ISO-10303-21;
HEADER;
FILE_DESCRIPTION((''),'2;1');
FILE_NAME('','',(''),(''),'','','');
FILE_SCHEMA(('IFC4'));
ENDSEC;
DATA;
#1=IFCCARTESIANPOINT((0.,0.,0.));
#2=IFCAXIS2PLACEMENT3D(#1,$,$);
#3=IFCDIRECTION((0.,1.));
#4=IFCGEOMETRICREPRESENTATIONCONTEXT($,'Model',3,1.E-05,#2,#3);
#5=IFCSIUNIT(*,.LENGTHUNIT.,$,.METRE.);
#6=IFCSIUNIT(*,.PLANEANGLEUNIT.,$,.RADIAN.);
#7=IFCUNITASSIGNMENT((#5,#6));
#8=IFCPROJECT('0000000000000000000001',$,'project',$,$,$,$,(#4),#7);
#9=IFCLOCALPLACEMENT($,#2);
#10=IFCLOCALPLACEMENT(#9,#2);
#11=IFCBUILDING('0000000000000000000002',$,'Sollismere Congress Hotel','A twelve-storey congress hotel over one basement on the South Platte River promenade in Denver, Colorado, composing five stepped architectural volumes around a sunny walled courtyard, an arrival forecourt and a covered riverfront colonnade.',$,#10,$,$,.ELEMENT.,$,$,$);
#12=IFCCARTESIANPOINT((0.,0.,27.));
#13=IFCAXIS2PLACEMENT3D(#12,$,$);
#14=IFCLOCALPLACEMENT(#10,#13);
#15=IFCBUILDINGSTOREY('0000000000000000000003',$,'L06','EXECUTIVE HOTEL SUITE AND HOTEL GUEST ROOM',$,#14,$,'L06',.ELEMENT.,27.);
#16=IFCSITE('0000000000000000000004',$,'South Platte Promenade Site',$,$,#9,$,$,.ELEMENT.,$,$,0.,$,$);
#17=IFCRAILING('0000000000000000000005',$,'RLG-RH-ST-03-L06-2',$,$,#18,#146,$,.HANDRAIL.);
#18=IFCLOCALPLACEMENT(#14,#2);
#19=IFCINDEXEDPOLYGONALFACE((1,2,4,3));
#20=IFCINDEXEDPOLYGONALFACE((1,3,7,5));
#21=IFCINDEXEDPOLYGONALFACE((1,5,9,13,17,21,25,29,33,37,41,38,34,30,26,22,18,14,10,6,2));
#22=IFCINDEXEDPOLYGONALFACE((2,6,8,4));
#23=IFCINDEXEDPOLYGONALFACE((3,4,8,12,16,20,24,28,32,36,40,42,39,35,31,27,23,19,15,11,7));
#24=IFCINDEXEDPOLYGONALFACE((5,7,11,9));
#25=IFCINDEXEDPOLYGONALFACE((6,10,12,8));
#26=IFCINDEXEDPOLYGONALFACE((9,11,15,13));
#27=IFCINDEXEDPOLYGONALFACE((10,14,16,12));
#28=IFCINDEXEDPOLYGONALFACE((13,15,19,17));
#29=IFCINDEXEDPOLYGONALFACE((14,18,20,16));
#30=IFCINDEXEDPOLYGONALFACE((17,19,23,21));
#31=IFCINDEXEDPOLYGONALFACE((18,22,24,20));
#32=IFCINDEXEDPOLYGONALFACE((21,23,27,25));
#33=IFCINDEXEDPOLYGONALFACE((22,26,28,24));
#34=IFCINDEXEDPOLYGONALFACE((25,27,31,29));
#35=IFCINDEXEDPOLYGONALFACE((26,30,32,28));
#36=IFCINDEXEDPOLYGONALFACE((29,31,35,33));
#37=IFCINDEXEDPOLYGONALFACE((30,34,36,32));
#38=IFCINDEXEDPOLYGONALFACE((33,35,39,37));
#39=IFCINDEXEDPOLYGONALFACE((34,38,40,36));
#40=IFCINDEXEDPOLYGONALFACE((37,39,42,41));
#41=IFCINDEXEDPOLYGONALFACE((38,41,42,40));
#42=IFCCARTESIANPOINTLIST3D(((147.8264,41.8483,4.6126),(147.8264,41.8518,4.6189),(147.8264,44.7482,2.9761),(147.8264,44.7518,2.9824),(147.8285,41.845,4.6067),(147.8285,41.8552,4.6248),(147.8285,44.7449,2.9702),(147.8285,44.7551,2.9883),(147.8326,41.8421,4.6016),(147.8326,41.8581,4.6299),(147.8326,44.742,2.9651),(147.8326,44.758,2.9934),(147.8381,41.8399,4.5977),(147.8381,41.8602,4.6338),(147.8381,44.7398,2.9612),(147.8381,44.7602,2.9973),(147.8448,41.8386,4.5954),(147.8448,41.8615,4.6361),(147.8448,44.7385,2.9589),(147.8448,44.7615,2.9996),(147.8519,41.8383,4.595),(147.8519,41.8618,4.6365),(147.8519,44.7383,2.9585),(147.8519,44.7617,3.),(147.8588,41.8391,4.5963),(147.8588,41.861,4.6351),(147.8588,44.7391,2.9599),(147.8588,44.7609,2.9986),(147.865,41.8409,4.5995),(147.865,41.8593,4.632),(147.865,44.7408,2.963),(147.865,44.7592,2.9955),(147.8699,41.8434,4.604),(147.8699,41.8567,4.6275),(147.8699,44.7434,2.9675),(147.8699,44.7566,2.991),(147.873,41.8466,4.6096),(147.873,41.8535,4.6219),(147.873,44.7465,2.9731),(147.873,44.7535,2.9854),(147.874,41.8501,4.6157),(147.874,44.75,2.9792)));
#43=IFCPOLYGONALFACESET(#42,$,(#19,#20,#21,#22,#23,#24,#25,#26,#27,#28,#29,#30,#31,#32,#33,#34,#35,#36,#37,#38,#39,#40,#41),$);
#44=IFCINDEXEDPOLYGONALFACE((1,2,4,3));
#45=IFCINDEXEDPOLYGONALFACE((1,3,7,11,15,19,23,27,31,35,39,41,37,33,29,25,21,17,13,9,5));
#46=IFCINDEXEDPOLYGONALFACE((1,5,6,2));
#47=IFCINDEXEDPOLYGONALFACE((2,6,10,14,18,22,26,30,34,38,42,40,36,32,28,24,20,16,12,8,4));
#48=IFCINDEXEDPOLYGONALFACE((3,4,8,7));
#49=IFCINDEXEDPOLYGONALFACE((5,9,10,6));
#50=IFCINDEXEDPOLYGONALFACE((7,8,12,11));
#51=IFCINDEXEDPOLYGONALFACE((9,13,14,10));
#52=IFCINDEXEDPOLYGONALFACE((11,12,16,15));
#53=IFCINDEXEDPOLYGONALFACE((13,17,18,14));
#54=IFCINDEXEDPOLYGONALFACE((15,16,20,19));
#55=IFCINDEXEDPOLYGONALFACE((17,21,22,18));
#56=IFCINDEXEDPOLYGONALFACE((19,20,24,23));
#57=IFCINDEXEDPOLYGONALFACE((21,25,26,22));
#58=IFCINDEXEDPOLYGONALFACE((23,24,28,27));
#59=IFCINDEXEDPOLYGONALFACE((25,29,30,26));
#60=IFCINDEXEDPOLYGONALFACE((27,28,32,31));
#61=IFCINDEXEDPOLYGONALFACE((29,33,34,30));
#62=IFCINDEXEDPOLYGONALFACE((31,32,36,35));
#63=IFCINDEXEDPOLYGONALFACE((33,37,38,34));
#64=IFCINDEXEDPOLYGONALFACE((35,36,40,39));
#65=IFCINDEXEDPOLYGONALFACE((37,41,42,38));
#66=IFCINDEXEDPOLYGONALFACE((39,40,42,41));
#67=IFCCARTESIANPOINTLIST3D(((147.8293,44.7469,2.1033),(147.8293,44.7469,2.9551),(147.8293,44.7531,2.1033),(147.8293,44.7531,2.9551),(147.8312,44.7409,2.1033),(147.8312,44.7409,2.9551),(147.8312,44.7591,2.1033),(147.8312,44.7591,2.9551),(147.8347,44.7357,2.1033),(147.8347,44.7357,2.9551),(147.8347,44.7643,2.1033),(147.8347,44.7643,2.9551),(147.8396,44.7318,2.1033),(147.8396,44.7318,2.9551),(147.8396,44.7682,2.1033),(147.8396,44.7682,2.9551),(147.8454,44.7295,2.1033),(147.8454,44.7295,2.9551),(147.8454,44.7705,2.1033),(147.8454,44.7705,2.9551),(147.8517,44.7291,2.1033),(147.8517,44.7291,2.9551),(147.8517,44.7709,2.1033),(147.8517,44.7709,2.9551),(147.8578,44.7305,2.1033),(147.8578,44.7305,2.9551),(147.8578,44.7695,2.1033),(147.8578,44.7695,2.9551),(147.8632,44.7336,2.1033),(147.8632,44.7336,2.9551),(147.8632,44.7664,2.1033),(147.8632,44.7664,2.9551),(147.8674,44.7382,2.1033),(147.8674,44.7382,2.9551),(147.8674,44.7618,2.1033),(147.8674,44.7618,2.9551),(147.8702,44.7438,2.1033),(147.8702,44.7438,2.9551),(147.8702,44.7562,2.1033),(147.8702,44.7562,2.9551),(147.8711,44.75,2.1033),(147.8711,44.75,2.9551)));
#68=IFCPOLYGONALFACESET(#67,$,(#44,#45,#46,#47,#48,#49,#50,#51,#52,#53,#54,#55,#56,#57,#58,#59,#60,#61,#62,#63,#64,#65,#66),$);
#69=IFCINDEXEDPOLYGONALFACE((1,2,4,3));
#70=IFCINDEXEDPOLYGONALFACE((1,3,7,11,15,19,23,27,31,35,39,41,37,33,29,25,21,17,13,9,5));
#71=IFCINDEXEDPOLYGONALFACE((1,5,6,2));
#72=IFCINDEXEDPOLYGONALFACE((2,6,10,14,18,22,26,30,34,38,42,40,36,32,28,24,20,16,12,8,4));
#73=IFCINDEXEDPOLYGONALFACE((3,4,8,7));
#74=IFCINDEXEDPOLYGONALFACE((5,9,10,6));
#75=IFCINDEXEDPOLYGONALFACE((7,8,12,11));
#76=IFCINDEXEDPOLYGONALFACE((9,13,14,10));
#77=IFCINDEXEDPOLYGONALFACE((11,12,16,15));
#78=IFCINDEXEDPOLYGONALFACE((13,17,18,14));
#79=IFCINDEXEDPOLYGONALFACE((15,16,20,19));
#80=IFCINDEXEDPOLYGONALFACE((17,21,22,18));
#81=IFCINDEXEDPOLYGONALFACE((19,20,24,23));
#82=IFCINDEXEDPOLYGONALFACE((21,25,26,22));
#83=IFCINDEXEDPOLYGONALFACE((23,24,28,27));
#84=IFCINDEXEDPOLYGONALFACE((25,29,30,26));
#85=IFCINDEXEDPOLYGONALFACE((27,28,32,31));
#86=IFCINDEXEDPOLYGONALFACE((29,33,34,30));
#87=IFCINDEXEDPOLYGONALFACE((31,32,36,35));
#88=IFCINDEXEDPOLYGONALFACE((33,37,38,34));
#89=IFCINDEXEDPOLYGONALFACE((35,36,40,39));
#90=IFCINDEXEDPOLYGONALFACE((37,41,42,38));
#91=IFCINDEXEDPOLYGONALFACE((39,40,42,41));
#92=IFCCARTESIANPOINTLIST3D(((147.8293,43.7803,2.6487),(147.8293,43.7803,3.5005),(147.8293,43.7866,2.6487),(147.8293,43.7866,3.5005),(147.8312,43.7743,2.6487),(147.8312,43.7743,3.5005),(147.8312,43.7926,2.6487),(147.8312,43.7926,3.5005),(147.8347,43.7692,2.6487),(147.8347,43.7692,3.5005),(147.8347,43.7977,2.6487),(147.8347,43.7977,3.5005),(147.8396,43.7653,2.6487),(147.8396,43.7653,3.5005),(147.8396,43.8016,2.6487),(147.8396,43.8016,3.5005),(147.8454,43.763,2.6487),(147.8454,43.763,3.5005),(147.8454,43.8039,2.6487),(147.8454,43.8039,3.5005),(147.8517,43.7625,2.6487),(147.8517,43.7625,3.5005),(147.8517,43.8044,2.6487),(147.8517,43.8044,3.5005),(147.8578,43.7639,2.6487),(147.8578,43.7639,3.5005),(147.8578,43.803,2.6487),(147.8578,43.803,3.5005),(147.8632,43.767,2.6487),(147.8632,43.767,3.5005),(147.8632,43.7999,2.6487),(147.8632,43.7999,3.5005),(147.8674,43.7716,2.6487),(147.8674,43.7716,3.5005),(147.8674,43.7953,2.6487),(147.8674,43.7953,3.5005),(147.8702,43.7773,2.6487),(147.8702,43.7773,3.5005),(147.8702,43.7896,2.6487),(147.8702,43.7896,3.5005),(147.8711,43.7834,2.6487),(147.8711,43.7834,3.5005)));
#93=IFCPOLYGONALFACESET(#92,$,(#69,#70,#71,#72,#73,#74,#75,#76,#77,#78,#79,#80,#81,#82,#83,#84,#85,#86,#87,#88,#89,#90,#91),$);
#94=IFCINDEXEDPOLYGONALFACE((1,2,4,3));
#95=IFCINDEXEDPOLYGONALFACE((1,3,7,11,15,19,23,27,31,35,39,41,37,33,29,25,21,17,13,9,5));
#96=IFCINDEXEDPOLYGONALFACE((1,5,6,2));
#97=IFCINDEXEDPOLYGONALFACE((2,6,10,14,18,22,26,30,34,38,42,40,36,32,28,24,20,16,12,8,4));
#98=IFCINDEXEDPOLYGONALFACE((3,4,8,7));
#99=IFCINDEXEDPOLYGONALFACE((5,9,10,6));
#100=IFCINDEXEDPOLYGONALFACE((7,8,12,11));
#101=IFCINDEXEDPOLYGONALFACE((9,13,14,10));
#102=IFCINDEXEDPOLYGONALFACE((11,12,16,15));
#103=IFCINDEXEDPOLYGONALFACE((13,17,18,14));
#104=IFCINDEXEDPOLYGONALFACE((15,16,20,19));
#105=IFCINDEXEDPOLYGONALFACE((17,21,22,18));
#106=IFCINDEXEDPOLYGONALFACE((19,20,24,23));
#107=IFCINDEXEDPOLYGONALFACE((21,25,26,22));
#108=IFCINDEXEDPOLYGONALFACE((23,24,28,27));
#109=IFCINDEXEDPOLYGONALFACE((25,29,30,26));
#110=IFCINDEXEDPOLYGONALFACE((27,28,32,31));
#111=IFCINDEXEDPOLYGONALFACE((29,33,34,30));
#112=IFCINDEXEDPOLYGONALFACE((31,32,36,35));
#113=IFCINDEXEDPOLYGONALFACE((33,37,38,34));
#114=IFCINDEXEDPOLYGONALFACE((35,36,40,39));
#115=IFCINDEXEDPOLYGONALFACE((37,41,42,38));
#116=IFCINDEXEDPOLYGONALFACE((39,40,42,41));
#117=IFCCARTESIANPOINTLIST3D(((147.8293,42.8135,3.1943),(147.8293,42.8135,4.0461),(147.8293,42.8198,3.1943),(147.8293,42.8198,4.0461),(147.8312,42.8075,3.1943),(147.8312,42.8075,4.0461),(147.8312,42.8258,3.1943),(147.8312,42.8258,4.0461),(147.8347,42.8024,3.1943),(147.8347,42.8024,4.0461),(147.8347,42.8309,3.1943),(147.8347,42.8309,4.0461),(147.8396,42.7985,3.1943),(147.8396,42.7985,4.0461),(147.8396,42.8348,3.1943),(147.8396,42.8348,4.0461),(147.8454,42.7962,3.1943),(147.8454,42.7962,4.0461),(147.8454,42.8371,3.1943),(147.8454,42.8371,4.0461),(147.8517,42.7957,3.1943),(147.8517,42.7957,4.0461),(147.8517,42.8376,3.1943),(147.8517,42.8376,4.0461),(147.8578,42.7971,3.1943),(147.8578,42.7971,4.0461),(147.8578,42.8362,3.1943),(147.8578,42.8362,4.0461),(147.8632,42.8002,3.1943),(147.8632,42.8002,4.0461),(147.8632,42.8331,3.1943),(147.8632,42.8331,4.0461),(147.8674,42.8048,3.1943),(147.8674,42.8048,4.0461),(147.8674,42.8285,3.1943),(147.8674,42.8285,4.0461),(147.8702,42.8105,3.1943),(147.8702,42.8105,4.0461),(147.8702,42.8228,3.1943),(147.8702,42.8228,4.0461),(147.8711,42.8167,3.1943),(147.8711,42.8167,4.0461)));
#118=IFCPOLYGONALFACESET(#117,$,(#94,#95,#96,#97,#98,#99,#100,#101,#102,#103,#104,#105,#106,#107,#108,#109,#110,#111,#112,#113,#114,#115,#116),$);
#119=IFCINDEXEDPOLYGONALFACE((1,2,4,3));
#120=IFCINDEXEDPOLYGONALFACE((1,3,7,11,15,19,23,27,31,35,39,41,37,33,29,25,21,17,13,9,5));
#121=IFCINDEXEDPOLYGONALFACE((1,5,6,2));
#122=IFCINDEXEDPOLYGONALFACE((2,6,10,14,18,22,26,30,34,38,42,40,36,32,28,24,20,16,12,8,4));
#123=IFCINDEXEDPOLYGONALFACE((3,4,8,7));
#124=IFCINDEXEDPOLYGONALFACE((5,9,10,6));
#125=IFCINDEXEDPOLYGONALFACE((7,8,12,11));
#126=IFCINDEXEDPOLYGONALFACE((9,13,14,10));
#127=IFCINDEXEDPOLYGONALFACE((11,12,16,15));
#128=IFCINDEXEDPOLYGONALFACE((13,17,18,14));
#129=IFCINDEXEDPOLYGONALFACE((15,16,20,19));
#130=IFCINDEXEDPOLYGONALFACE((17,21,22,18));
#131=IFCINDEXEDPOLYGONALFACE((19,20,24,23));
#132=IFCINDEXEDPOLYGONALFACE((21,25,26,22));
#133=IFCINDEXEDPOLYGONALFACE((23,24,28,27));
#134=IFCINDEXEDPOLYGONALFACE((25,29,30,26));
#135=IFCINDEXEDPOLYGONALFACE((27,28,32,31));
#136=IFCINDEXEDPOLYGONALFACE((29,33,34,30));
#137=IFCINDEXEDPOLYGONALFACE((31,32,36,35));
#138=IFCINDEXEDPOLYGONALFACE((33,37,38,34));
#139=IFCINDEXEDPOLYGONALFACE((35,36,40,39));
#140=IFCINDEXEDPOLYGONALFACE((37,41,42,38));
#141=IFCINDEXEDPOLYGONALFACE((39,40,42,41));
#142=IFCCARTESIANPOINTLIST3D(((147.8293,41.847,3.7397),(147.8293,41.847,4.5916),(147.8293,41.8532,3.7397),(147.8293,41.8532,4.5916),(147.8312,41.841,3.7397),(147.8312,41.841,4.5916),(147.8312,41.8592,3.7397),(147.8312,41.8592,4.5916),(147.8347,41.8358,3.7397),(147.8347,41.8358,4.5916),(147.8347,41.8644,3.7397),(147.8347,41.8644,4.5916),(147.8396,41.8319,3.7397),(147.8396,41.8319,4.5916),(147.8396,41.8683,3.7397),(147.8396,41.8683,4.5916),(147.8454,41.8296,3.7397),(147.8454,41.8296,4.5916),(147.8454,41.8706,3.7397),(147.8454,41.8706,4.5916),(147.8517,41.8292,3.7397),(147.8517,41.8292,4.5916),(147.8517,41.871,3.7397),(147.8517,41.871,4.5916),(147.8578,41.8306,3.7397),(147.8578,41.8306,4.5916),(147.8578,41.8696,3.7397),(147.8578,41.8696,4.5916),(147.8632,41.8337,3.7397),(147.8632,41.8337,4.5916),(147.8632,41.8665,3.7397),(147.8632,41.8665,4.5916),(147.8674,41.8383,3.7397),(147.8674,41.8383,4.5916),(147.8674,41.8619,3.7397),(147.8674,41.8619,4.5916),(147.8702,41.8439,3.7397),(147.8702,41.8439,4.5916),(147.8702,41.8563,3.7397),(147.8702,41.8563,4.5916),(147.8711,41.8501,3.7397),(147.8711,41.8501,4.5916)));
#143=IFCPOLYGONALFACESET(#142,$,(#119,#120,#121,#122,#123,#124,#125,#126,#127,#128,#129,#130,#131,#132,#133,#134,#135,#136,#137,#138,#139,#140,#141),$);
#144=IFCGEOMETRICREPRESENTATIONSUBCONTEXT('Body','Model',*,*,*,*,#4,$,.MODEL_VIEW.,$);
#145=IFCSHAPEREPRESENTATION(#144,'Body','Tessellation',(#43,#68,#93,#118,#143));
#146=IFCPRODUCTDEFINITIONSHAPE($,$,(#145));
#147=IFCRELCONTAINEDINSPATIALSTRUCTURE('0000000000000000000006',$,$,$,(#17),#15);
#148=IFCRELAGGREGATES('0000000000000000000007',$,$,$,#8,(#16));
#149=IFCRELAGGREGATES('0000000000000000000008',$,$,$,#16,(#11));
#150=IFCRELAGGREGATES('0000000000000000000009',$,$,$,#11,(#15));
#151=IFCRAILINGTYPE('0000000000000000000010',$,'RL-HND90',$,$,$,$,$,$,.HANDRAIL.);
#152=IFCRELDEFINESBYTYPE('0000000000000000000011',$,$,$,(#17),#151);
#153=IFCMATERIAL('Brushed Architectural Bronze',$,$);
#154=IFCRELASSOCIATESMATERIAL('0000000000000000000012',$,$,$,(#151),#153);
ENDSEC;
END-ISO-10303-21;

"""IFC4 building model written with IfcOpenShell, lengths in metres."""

from ifc_helpers import new_model, si_unit, direction, frame, origin, origin_2d, place, context, subcontext, project, spatial, circle, extrude, material, type_object, element, save


model = new_model("IFC4")

# Units and contexts
model_context = context("Model", 3, precision=1e-05, world=origin(), true_north=direction((0.0, 1.0)))
body_context = subcontext(model_context, "Body", "Model", "MODEL_VIEW")
ifc_project = project(units=[si_unit("LENGTHUNIT", "METRE"), si_unit("PLANEANGLEUNIT", "RADIAN")], contexts=[model_context])

# Site, building, storey
site_placement = place(None, origin())
site = spatial("IfcSite", under=ifc_project, at=site_placement, Name="South Platte Promenade Site", CompositionType="ELEMENT", RefElevation=0.0)
building_placement = place(site_placement, origin())
building = spatial("IfcBuilding", under=site, at=building_placement, Name="Sollismere Congress Hotel", Description="A twelve-storey congress hotel over one basement on the South Platte River promenade in Denver, Colorado, composing five stepped architectural volumes around a sunny walled courtyard, an arrival forecourt and a covered riverfront colonnade.", CompositionType="ELEMENT")
storey_placement = place(building_placement, frame((0.0, 0.0, 27.0)))
storey = spatial("IfcBuildingStorey", under=building, at=storey_placement, Name="L06", Description="EXECUTIVE HOTEL SUITE AND HOTEL GUEST ROOM", LongName="L06", CompositionType="ELEMENT", Elevation=27.0)

# Railing
ifc_material_1 = material(Name="Brushed Architectural Bronze")
railing_type_1 = type_object("IfcRailingType", Name="RL-HND90", PredefinedType="HANDRAIL", material=ifc_material_1)
railing_1_placement = place(storey_placement, frame((147.8501, 44.75, 2.1033)))
element("IfcRailing", 1, at=railing_1_placement, inside=storey, type_object=railing_type_1, Name="RLG-RH-ST-03-L06-2", PredefinedType="HANDRAIL", context=body_context, shape_type="SweptSolid", body=[
    extrude(circle(Radius=0.0239, at=origin_2d()), frame((0.0, 0.0, 0.876), z_axis=(0.0, -0.870897, 0.491465), x_axis=(1.0, 0.0, 0.0)), (0.0, 0.0, 1.0), 3.3298),
    extrude(circle(Radius=0.021, at=origin_2d()), origin(), (0.0, 0.0, 1.0), 0.8518),
    extrude(circle(Radius=0.021, at=origin_2d()), frame((0.0, -0.9666, 0.5454)), (0.0, 0.0, 1.0), 0.8518),
    extrude(circle(Radius=0.021, at=origin_2d()), frame((0.0, -1.9333, 1.0911)), (0.0, 0.0, 1.0), 0.8518),
    extrude(circle(Radius=0.021, at=origin_2d()), frame((0.0, -2.8999, 1.6365)), (0.0, 0.0, 1.0), 0.8518),
])

save(model, "model.ifc")
